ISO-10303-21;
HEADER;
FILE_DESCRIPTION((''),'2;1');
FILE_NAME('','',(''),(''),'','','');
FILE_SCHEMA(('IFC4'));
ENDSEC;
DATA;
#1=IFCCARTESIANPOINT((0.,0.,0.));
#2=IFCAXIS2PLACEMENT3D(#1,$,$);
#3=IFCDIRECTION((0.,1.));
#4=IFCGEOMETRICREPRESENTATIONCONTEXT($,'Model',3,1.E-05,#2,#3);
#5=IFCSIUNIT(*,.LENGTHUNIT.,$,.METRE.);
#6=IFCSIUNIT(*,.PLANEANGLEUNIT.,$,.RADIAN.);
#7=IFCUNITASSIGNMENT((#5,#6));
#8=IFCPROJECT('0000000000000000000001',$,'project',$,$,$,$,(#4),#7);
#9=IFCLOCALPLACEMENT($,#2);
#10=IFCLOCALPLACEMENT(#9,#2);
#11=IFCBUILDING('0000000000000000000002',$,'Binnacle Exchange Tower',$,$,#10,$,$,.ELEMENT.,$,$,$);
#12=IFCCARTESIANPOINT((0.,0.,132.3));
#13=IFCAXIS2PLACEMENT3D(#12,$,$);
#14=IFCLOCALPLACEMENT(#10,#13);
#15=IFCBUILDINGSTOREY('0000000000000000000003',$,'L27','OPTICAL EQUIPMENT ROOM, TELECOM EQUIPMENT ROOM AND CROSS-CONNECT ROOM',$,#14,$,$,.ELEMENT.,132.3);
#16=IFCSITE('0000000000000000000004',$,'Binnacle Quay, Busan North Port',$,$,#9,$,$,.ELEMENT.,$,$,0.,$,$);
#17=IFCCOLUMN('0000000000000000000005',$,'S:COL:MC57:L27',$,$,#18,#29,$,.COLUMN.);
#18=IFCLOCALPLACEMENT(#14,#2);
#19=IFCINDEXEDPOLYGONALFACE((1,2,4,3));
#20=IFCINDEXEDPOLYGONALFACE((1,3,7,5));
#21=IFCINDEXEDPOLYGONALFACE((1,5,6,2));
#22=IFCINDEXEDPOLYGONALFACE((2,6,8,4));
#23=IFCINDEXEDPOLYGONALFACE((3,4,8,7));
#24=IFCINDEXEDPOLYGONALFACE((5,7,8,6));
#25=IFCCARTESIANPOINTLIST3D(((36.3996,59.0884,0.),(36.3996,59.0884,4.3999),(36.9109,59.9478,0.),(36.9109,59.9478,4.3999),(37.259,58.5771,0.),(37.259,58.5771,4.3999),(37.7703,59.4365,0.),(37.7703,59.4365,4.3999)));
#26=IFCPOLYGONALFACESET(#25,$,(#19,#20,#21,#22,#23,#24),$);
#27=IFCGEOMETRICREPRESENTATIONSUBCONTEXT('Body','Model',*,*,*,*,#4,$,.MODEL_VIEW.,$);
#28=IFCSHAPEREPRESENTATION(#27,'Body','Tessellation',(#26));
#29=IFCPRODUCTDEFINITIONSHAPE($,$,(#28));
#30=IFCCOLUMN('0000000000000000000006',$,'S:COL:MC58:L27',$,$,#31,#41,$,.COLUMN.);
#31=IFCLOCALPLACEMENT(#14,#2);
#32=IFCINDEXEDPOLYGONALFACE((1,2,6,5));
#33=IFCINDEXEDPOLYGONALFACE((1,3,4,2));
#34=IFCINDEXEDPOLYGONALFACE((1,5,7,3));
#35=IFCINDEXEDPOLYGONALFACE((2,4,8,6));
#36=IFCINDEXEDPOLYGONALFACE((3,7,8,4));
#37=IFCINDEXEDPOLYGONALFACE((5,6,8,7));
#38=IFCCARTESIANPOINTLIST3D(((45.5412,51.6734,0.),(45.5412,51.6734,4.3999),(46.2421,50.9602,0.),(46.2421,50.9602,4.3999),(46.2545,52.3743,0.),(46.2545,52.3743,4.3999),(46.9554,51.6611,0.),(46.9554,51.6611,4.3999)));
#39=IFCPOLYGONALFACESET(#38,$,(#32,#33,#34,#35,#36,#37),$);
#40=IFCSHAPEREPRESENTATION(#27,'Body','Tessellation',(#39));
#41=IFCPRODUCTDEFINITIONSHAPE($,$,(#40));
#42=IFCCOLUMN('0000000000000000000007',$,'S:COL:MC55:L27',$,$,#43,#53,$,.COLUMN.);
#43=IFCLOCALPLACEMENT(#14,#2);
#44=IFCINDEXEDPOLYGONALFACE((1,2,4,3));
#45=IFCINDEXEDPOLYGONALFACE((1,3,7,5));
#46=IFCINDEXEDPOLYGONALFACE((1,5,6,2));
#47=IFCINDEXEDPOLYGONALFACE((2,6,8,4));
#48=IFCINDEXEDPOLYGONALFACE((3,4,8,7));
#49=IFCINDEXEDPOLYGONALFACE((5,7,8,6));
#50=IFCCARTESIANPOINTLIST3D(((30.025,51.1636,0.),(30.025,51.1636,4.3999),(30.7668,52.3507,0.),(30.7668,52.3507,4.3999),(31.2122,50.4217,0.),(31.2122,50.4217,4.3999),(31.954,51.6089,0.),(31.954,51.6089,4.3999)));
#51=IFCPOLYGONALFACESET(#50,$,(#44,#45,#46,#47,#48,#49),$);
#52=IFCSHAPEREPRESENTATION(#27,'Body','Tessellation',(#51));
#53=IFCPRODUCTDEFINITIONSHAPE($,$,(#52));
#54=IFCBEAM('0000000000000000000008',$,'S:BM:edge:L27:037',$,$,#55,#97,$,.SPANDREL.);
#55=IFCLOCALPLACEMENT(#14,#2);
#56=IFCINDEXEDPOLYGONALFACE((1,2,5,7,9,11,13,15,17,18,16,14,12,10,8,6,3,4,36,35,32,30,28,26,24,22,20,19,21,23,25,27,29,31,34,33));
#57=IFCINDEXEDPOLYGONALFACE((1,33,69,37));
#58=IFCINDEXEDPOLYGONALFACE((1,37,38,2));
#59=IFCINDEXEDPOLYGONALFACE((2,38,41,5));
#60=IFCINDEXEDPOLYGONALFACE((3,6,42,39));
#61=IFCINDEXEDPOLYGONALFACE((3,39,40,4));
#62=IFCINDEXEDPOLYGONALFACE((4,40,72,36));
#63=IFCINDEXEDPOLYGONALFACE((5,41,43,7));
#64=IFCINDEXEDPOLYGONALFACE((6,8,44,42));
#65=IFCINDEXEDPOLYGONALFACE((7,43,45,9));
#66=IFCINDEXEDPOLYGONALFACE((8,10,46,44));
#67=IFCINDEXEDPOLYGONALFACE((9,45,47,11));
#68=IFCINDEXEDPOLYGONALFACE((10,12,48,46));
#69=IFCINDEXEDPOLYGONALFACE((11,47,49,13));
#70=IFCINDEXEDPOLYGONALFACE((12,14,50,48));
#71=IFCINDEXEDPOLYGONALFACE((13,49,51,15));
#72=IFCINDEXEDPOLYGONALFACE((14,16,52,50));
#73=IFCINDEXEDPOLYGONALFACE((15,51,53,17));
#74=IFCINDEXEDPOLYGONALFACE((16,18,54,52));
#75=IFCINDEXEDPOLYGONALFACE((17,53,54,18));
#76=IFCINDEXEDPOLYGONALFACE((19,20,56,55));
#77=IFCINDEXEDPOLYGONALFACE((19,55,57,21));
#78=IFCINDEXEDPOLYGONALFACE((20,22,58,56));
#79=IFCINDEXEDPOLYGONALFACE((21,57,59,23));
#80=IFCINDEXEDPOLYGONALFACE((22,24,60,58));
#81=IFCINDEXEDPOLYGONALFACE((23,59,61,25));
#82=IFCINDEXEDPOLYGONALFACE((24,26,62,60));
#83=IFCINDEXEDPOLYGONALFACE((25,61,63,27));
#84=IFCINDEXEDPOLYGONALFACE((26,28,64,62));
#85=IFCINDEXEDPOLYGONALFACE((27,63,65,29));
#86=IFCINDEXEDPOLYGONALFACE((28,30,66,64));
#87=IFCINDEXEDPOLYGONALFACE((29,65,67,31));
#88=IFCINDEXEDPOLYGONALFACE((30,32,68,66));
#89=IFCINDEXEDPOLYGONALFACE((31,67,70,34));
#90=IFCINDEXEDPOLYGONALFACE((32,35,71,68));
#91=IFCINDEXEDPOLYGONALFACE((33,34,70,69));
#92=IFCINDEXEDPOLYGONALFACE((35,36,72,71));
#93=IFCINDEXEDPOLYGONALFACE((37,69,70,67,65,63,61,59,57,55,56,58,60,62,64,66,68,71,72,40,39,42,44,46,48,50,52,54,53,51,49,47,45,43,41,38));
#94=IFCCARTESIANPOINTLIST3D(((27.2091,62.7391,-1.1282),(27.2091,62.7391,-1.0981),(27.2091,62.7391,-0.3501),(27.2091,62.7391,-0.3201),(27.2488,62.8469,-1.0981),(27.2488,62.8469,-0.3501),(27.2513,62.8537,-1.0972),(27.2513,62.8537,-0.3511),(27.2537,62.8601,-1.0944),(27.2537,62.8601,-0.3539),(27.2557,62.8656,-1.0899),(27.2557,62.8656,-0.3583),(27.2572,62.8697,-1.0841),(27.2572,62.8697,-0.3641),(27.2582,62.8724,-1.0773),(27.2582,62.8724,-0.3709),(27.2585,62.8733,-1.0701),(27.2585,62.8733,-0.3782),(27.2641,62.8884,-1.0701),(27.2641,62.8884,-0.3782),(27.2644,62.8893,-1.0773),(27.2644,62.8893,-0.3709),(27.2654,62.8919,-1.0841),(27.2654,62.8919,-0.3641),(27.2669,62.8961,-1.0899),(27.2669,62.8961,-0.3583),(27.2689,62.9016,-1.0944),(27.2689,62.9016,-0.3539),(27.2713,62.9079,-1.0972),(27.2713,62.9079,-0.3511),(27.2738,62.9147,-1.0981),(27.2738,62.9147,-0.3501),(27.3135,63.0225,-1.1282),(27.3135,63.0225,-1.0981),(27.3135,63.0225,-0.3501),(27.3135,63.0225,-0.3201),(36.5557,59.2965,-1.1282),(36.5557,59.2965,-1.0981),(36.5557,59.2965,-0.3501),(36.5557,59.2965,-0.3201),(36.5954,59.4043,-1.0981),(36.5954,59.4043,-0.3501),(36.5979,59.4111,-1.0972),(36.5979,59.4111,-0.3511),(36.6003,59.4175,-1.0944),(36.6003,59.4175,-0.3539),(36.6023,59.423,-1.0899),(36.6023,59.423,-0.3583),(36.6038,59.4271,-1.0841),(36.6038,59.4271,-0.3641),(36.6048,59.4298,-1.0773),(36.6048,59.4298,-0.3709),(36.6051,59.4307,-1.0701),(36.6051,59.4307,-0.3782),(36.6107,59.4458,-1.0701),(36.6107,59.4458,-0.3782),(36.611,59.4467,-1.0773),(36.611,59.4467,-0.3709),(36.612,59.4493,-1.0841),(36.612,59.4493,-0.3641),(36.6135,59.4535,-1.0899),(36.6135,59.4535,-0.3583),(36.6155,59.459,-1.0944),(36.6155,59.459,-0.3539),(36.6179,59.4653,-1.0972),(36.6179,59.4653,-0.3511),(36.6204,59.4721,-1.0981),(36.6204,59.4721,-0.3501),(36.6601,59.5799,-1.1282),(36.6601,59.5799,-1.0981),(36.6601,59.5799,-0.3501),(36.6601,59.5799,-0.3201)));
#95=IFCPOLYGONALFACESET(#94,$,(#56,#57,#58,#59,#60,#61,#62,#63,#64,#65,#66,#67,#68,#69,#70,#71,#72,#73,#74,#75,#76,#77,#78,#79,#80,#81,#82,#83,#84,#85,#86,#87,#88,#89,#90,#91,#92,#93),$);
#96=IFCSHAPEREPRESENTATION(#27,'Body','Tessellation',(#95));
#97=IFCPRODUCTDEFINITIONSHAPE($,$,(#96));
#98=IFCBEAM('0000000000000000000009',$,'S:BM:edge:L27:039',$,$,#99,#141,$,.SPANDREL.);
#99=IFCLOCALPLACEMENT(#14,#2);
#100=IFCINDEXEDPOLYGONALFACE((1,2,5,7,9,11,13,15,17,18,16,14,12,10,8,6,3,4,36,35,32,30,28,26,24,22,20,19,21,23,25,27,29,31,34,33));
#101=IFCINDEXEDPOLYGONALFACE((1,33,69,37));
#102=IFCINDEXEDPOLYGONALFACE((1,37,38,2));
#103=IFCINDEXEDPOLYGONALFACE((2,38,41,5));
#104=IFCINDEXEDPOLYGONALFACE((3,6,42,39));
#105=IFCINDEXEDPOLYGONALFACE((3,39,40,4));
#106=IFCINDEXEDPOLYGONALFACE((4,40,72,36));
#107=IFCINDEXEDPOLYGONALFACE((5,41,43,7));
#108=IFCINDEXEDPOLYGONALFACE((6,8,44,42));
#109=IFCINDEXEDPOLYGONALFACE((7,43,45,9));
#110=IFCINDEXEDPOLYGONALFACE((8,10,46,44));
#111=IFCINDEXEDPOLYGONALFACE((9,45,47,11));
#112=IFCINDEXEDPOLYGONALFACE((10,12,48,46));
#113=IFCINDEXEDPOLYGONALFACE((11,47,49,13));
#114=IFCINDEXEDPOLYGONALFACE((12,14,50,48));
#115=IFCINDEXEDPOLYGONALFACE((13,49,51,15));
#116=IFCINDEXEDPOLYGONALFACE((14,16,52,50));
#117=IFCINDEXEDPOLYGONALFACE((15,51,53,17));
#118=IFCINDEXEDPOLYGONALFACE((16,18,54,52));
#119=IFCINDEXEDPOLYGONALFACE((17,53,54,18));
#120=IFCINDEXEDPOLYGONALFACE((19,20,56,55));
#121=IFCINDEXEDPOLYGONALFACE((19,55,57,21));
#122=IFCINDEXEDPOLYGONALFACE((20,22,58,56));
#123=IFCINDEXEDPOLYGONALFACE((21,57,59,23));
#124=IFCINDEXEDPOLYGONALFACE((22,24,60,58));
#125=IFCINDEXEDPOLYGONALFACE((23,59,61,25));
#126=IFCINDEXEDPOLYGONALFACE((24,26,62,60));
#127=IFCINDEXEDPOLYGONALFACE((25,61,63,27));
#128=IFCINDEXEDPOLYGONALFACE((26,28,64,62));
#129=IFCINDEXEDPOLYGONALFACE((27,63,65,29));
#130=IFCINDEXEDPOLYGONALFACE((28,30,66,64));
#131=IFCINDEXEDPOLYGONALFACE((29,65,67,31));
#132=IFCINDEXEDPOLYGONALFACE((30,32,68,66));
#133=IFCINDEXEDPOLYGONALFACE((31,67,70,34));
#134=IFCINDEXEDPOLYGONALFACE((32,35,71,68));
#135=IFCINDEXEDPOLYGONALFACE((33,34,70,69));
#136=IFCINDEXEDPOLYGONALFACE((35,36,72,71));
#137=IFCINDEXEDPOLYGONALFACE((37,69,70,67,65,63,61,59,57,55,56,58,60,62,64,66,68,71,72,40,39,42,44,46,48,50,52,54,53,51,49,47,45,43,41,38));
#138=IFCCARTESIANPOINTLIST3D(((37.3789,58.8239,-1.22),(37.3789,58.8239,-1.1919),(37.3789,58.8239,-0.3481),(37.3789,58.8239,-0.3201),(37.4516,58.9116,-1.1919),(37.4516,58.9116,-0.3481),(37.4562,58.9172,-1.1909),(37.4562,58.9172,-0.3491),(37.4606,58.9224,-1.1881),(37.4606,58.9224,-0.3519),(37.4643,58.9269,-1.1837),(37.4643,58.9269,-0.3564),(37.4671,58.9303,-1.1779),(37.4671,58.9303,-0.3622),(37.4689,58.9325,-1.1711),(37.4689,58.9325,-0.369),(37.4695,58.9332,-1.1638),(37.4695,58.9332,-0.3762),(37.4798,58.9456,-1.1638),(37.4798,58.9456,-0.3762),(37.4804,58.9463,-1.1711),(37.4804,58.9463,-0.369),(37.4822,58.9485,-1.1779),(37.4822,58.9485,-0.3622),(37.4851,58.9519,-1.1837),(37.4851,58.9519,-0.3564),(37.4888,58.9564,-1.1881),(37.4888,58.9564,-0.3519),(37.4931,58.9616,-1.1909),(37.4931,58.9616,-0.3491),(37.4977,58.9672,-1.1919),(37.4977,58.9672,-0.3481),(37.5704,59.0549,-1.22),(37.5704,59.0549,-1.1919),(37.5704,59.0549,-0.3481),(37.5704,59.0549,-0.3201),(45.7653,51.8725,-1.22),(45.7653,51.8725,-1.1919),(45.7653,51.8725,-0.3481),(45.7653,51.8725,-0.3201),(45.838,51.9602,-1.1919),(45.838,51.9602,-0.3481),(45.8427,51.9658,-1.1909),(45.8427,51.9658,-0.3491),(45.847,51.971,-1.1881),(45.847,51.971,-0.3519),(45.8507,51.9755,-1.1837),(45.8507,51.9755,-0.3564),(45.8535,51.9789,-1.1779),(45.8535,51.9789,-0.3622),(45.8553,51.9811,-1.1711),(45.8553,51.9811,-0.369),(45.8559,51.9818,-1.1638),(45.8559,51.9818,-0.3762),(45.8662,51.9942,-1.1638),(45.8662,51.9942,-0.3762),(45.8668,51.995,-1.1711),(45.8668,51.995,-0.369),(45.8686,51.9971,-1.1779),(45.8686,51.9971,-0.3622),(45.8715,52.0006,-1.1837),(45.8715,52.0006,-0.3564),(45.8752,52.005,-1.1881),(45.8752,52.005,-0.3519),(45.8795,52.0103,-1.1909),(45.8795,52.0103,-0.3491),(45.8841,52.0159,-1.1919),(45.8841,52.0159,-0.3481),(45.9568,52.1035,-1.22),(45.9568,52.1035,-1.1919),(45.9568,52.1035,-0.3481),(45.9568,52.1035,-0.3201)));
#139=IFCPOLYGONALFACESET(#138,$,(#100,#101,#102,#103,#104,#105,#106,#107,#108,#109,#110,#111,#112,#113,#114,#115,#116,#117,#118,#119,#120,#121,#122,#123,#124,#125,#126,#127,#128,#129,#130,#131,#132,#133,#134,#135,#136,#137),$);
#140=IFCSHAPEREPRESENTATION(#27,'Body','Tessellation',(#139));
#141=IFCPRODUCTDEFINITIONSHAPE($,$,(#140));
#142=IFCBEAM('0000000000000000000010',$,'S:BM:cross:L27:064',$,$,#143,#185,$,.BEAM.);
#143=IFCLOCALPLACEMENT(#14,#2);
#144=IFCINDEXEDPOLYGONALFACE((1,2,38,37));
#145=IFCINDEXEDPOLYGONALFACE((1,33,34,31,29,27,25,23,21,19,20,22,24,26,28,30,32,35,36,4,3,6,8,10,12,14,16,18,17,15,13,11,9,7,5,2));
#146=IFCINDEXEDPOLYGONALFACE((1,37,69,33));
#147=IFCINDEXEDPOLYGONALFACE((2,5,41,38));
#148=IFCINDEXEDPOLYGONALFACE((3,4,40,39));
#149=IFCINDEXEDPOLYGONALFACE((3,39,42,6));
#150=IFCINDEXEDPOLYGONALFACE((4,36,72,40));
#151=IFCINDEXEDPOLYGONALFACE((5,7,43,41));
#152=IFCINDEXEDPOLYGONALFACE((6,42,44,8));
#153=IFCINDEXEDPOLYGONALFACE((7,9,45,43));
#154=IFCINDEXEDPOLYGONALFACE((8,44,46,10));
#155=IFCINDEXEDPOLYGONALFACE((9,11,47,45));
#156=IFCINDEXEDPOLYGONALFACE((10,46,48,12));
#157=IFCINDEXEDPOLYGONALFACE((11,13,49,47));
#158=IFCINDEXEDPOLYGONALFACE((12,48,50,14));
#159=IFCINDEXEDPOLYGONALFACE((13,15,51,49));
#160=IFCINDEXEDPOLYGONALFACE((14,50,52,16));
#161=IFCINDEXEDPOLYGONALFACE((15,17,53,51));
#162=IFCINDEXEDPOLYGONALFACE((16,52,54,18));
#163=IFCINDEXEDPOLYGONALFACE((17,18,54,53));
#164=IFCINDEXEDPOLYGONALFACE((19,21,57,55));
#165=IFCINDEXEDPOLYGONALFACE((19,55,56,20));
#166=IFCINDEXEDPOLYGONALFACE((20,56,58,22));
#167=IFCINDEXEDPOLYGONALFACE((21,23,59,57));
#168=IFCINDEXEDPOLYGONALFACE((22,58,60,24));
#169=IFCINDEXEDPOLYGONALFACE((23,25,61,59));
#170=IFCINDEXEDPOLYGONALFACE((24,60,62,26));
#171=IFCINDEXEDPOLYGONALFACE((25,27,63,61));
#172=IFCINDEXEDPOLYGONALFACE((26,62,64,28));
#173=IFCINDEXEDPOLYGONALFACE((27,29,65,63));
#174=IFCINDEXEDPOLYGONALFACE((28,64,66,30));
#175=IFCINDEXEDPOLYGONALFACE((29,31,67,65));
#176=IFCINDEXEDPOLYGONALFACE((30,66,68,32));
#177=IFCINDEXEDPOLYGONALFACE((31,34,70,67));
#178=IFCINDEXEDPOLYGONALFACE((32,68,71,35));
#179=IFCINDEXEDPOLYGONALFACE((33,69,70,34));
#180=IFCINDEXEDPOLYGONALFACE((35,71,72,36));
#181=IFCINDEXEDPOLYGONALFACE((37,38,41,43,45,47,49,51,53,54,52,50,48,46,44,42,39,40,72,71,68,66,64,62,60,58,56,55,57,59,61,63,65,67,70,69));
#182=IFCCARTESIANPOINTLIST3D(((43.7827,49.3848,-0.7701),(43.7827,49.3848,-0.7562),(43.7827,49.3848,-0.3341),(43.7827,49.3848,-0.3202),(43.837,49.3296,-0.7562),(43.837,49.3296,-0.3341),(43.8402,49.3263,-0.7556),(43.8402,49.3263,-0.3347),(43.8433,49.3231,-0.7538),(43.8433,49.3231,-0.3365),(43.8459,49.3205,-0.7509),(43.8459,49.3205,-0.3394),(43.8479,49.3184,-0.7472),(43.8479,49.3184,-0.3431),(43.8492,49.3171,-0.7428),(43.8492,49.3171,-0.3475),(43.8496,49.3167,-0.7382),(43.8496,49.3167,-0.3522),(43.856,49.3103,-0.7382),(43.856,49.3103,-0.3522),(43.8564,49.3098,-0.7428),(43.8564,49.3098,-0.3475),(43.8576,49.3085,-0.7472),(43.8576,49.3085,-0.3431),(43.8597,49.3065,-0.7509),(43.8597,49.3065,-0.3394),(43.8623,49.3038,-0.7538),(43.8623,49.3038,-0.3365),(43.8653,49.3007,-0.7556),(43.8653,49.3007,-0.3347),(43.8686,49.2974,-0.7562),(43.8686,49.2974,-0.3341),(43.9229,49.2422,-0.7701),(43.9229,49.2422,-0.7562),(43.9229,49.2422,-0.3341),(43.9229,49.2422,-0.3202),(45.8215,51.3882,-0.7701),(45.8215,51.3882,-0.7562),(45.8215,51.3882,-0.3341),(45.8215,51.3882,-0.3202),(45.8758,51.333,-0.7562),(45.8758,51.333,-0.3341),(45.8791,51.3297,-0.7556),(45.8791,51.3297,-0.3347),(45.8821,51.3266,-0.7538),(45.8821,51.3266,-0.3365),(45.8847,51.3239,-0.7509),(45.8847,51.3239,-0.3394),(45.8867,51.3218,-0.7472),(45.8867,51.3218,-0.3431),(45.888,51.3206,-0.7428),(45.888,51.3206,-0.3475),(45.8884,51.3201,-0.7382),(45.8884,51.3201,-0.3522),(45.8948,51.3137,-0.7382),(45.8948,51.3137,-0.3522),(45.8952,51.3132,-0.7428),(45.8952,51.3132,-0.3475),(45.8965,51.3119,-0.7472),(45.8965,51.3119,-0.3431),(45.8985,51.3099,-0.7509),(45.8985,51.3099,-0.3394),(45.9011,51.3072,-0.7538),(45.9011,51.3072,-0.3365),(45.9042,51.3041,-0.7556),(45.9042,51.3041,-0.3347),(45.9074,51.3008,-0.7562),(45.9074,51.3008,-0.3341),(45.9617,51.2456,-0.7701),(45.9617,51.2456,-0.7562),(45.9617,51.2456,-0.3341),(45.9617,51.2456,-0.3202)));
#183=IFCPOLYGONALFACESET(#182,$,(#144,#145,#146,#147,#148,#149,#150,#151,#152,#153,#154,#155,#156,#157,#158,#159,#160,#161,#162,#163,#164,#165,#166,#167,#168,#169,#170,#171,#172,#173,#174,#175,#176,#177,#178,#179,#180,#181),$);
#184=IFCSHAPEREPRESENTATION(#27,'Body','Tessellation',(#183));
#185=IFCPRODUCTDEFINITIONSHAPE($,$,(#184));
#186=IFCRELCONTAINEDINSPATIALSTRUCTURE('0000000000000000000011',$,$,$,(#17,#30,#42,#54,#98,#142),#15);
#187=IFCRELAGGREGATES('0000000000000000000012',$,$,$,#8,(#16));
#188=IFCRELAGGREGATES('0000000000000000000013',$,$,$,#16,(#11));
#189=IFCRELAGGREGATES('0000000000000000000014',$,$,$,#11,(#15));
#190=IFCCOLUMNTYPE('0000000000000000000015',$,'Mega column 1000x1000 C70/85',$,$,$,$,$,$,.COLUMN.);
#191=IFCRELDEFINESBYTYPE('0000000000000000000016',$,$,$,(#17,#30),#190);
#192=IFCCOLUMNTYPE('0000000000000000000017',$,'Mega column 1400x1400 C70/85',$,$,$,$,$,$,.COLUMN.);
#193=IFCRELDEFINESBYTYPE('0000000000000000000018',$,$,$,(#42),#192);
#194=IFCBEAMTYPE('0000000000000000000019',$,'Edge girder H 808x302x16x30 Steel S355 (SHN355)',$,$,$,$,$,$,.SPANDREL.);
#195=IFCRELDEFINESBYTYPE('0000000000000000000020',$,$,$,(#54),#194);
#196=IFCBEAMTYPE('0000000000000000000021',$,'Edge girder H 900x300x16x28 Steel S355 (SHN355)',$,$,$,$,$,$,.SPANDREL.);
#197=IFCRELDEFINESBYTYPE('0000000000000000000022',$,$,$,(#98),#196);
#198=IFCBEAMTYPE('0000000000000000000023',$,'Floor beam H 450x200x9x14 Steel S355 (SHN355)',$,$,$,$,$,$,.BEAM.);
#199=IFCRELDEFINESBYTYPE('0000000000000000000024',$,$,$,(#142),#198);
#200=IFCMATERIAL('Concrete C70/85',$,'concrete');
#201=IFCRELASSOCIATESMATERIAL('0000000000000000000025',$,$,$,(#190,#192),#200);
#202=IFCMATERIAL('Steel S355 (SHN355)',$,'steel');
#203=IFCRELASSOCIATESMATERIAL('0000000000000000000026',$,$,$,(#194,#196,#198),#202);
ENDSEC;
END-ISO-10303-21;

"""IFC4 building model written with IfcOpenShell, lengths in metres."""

from ifc_helpers import new_model, si_unit, direction, frame, origin, origin_2d, place, context, subcontext, project, spatial, rectangle, i_section, extrude, material, material_profile, profile_set, type_object, element, save


model = new_model("IFC4")

# Units and contexts
model_context = context("Model", 3, precision=1e-05, world=origin(), true_north=direction((0.0, 1.0)))
body_context = subcontext(model_context, "Body", "Model", "MODEL_VIEW")
ifc_project = project(units=[si_unit("LENGTHUNIT", "METRE"), si_unit("PLANEANGLEUNIT", "RADIAN")], contexts=[model_context])

# Site, building, storey
site_placement = place(None, origin())
site = spatial("IfcSite", under=ifc_project, at=site_placement, Name="Binnacle Quay, Busan North Port", CompositionType="ELEMENT", RefElevation=0.0)
building_placement = place(site_placement, origin())
building = spatial("IfcBuilding", under=site, at=building_placement, Name="Binnacle Exchange Tower", CompositionType="ELEMENT")
storey_placement = place(building_placement, frame((0.0, 0.0, 132.3)))
storey = spatial("IfcBuildingStorey", under=building, at=storey_placement, Name="L27", Description="OPTICAL EQUIPMENT ROOM, TELECOM EQUIPMENT ROOM AND CROSS-CONNECT ROOM", CompositionType="ELEMENT", Elevation=132.3)

# Columns
ifc_material_1 = material(Name="Concrete C70/85", Category="concrete")
ifc_material_profile_1 = material_profile(ifc_material_1, rectangle(XDim=1.0, YDim=1.0, at=origin_2d()), Name="Mega column 1000x1000 C70/85")
ifc_profile_set_1 = profile_set([ifc_material_profile_1], Name="Concrete C70/85")
column_type_1 = type_object("IfcColumnType", Name="Mega column 1000x1000 C70/85", PredefinedType="COLUMN", material=ifc_profile_set_1)
for number, where, z_axis, x_axis, name in (
    (1, (37.085, 59.2625, 0.0), (0.0, 0.0, 1.0), (-0.859406, 0.511293, 0.0), "S:COL:MC57:L27"),
    (2, (46.2483, 51.6672, 0.0), (0.0, 0.0, 1.0), (-0.700909, 0.71325, 0.0), "S:COL:MC58:L27"),
):
    element("IfcColumn", number, at=place(storey_placement, frame(where, z_axis=z_axis, x_axis=x_axis)), inside=storey, type_object=column_type_1, Name=name, PredefinedType="COLUMN", context=body_context, shape_type="SweptSolid", body=[
        extrude(rectangle(XDim=1.0, YDim=1.0, at=origin_2d()), origin(), (0.0, 0.0, 1.0), 4.3999),
    ])
ifc_material_profile_2 = material_profile(ifc_material_1, rectangle(XDim=1.3999, YDim=1.3999, at=origin_2d()), Name="Mega column 1400x1400 C70/85")
ifc_profile_set_2 = profile_set([ifc_material_profile_2], Name="Concrete C70/85")
column_type_2 = type_object("IfcColumnType", Name="Mega column 1400x1400 C70/85", PredefinedType="COLUMN", material=ifc_profile_set_2)
column_placement = place(storey_placement, frame((30.9895, 51.3862, 0.0), z_axis=(0.0, 0.0, 1.0), x_axis=(0.529919, 0.848048, 0.0)))
element("IfcColumn", 3, at=column_placement, inside=storey, type_object=column_type_2, Name="S:COL:MC55:L27", PredefinedType="COLUMN", context=body_context, shape_type="SweptSolid", body=[
    extrude(rectangle(XDim=1.3999, YDim=1.3999, at=origin_2d()), origin(), (0.0, 0.0, 1.0), 4.3999),
])

# Beams
ifc_material_2 = material(Name="Steel S355 (SHN355)", Category="steel")
ifc_material_profile_3 = material_profile(ifc_material_2, i_section(OverallWidth=0.302, OverallDepth=0.8081, WebThickness=0.0161, FlangeThickness=0.03, FilletRadius=0.0281, at=origin_2d()), Name="H 808x302x16x30")
ifc_profile_set_3 = profile_set([ifc_material_profile_3], Name="Steel S355 (SHN355)")
beam_type_1 = type_object("IfcBeamType", Name="Edge girder H 808x302x16x30 Steel S355 (SHN355)", PredefinedType="SPANDREL", material=ifc_profile_set_3)
beam_1_placement = place(storey_placement, frame((36.6079, 59.4382, -0.7241), z_axis=(-0.938372, 0.345627, 0.0), x_axis=(-0.345627, -0.938372, 0.0)))
element("IfcBeam", 4, at=beam_1_placement, inside=storey, type_object=beam_type_1, Name="S:BM:edge:L27:037", PredefinedType="SPANDREL", context=body_context, shape_type="SweptSolid", body=[
    extrude(i_section(OverallWidth=0.302, OverallDepth=0.8081, WebThickness=0.0161, FlangeThickness=0.03, FilletRadius=0.0281, at=origin_2d()), origin(), (0.0, 0.0, 1.0), 9.9604),
])
ifc_material_profile_4 = material_profile(ifc_material_2, i_section(OverallWidth=0.3, OverallDepth=0.8999, WebThickness=0.0161, FlangeThickness=0.0281, FilletRadius=0.0281, at=origin_2d()), Name="H 900x300x16x28")
ifc_profile_set_4 = profile_set([ifc_material_profile_4], Name="Steel S355 (SHN355)")
beam_type_2 = type_object("IfcBeamType", Name="Edge girder H 900x300x16x28 Steel S355 (SHN355)", PredefinedType="SPANDREL", material=ifc_profile_set_4)
beam_2_placement = place(storey_placement, frame((45.8611, 51.988, -0.77), z_axis=(-0.769903, 0.638161, 0.0), x_axis=(-0.638161, -0.769903, 0.0)))
element("IfcBeam", 5, at=beam_2_placement, inside=storey, type_object=beam_type_2, Name="S:BM:edge:L27:039", PredefinedType="SPANDREL", context=body_context, shape_type="SweptSolid", body=[
    extrude(i_section(OverallWidth=0.3, OverallDepth=0.8999, WebThickness=0.0161, FlangeThickness=0.0281, FilletRadius=0.0281, at=origin_2d()), origin(), (0.0, 0.0, 1.0), 10.8928),
])
ifc_material_profile_5 = material_profile(ifc_material_2, i_section(OverallWidth=0.2, OverallDepth=0.45, WebThickness=0.009, FlangeThickness=0.0139, FilletRadius=0.0181, at=origin_2d()), Name="H 450x200x9x14")
ifc_profile_set_5 = profile_set([ifc_material_profile_5], Name="Steel S355 (SHN355)")
beam_type_3 = type_object("IfcBeamType", Name="Floor beam H 450x200x9x14 Steel S355 (SHN355)", PredefinedType="BEAM", material=ifc_profile_set_5)
beam_3_placement = place(storey_placement, frame((45.8916, 51.3169, -0.5452), z_axis=(-0.713272, -0.700887, 0.0), x_axis=(0.700887, -0.713272, 0.0)))
element("IfcBeam", 6, at=beam_3_placement, inside=storey, type_object=beam_type_3, Name="S:BM:cross:L27:064", PredefinedType="BEAM", context=body_context, shape_type="SweptSolid", body=[
    extrude(i_section(OverallWidth=0.2, OverallDepth=0.45, WebThickness=0.009, FlangeThickness=0.0139, FilletRadius=0.0181, at=origin_2d()), origin(), (0.0, 0.0, 1.0), 2.8584),
])

save(model, "model.ifc")
